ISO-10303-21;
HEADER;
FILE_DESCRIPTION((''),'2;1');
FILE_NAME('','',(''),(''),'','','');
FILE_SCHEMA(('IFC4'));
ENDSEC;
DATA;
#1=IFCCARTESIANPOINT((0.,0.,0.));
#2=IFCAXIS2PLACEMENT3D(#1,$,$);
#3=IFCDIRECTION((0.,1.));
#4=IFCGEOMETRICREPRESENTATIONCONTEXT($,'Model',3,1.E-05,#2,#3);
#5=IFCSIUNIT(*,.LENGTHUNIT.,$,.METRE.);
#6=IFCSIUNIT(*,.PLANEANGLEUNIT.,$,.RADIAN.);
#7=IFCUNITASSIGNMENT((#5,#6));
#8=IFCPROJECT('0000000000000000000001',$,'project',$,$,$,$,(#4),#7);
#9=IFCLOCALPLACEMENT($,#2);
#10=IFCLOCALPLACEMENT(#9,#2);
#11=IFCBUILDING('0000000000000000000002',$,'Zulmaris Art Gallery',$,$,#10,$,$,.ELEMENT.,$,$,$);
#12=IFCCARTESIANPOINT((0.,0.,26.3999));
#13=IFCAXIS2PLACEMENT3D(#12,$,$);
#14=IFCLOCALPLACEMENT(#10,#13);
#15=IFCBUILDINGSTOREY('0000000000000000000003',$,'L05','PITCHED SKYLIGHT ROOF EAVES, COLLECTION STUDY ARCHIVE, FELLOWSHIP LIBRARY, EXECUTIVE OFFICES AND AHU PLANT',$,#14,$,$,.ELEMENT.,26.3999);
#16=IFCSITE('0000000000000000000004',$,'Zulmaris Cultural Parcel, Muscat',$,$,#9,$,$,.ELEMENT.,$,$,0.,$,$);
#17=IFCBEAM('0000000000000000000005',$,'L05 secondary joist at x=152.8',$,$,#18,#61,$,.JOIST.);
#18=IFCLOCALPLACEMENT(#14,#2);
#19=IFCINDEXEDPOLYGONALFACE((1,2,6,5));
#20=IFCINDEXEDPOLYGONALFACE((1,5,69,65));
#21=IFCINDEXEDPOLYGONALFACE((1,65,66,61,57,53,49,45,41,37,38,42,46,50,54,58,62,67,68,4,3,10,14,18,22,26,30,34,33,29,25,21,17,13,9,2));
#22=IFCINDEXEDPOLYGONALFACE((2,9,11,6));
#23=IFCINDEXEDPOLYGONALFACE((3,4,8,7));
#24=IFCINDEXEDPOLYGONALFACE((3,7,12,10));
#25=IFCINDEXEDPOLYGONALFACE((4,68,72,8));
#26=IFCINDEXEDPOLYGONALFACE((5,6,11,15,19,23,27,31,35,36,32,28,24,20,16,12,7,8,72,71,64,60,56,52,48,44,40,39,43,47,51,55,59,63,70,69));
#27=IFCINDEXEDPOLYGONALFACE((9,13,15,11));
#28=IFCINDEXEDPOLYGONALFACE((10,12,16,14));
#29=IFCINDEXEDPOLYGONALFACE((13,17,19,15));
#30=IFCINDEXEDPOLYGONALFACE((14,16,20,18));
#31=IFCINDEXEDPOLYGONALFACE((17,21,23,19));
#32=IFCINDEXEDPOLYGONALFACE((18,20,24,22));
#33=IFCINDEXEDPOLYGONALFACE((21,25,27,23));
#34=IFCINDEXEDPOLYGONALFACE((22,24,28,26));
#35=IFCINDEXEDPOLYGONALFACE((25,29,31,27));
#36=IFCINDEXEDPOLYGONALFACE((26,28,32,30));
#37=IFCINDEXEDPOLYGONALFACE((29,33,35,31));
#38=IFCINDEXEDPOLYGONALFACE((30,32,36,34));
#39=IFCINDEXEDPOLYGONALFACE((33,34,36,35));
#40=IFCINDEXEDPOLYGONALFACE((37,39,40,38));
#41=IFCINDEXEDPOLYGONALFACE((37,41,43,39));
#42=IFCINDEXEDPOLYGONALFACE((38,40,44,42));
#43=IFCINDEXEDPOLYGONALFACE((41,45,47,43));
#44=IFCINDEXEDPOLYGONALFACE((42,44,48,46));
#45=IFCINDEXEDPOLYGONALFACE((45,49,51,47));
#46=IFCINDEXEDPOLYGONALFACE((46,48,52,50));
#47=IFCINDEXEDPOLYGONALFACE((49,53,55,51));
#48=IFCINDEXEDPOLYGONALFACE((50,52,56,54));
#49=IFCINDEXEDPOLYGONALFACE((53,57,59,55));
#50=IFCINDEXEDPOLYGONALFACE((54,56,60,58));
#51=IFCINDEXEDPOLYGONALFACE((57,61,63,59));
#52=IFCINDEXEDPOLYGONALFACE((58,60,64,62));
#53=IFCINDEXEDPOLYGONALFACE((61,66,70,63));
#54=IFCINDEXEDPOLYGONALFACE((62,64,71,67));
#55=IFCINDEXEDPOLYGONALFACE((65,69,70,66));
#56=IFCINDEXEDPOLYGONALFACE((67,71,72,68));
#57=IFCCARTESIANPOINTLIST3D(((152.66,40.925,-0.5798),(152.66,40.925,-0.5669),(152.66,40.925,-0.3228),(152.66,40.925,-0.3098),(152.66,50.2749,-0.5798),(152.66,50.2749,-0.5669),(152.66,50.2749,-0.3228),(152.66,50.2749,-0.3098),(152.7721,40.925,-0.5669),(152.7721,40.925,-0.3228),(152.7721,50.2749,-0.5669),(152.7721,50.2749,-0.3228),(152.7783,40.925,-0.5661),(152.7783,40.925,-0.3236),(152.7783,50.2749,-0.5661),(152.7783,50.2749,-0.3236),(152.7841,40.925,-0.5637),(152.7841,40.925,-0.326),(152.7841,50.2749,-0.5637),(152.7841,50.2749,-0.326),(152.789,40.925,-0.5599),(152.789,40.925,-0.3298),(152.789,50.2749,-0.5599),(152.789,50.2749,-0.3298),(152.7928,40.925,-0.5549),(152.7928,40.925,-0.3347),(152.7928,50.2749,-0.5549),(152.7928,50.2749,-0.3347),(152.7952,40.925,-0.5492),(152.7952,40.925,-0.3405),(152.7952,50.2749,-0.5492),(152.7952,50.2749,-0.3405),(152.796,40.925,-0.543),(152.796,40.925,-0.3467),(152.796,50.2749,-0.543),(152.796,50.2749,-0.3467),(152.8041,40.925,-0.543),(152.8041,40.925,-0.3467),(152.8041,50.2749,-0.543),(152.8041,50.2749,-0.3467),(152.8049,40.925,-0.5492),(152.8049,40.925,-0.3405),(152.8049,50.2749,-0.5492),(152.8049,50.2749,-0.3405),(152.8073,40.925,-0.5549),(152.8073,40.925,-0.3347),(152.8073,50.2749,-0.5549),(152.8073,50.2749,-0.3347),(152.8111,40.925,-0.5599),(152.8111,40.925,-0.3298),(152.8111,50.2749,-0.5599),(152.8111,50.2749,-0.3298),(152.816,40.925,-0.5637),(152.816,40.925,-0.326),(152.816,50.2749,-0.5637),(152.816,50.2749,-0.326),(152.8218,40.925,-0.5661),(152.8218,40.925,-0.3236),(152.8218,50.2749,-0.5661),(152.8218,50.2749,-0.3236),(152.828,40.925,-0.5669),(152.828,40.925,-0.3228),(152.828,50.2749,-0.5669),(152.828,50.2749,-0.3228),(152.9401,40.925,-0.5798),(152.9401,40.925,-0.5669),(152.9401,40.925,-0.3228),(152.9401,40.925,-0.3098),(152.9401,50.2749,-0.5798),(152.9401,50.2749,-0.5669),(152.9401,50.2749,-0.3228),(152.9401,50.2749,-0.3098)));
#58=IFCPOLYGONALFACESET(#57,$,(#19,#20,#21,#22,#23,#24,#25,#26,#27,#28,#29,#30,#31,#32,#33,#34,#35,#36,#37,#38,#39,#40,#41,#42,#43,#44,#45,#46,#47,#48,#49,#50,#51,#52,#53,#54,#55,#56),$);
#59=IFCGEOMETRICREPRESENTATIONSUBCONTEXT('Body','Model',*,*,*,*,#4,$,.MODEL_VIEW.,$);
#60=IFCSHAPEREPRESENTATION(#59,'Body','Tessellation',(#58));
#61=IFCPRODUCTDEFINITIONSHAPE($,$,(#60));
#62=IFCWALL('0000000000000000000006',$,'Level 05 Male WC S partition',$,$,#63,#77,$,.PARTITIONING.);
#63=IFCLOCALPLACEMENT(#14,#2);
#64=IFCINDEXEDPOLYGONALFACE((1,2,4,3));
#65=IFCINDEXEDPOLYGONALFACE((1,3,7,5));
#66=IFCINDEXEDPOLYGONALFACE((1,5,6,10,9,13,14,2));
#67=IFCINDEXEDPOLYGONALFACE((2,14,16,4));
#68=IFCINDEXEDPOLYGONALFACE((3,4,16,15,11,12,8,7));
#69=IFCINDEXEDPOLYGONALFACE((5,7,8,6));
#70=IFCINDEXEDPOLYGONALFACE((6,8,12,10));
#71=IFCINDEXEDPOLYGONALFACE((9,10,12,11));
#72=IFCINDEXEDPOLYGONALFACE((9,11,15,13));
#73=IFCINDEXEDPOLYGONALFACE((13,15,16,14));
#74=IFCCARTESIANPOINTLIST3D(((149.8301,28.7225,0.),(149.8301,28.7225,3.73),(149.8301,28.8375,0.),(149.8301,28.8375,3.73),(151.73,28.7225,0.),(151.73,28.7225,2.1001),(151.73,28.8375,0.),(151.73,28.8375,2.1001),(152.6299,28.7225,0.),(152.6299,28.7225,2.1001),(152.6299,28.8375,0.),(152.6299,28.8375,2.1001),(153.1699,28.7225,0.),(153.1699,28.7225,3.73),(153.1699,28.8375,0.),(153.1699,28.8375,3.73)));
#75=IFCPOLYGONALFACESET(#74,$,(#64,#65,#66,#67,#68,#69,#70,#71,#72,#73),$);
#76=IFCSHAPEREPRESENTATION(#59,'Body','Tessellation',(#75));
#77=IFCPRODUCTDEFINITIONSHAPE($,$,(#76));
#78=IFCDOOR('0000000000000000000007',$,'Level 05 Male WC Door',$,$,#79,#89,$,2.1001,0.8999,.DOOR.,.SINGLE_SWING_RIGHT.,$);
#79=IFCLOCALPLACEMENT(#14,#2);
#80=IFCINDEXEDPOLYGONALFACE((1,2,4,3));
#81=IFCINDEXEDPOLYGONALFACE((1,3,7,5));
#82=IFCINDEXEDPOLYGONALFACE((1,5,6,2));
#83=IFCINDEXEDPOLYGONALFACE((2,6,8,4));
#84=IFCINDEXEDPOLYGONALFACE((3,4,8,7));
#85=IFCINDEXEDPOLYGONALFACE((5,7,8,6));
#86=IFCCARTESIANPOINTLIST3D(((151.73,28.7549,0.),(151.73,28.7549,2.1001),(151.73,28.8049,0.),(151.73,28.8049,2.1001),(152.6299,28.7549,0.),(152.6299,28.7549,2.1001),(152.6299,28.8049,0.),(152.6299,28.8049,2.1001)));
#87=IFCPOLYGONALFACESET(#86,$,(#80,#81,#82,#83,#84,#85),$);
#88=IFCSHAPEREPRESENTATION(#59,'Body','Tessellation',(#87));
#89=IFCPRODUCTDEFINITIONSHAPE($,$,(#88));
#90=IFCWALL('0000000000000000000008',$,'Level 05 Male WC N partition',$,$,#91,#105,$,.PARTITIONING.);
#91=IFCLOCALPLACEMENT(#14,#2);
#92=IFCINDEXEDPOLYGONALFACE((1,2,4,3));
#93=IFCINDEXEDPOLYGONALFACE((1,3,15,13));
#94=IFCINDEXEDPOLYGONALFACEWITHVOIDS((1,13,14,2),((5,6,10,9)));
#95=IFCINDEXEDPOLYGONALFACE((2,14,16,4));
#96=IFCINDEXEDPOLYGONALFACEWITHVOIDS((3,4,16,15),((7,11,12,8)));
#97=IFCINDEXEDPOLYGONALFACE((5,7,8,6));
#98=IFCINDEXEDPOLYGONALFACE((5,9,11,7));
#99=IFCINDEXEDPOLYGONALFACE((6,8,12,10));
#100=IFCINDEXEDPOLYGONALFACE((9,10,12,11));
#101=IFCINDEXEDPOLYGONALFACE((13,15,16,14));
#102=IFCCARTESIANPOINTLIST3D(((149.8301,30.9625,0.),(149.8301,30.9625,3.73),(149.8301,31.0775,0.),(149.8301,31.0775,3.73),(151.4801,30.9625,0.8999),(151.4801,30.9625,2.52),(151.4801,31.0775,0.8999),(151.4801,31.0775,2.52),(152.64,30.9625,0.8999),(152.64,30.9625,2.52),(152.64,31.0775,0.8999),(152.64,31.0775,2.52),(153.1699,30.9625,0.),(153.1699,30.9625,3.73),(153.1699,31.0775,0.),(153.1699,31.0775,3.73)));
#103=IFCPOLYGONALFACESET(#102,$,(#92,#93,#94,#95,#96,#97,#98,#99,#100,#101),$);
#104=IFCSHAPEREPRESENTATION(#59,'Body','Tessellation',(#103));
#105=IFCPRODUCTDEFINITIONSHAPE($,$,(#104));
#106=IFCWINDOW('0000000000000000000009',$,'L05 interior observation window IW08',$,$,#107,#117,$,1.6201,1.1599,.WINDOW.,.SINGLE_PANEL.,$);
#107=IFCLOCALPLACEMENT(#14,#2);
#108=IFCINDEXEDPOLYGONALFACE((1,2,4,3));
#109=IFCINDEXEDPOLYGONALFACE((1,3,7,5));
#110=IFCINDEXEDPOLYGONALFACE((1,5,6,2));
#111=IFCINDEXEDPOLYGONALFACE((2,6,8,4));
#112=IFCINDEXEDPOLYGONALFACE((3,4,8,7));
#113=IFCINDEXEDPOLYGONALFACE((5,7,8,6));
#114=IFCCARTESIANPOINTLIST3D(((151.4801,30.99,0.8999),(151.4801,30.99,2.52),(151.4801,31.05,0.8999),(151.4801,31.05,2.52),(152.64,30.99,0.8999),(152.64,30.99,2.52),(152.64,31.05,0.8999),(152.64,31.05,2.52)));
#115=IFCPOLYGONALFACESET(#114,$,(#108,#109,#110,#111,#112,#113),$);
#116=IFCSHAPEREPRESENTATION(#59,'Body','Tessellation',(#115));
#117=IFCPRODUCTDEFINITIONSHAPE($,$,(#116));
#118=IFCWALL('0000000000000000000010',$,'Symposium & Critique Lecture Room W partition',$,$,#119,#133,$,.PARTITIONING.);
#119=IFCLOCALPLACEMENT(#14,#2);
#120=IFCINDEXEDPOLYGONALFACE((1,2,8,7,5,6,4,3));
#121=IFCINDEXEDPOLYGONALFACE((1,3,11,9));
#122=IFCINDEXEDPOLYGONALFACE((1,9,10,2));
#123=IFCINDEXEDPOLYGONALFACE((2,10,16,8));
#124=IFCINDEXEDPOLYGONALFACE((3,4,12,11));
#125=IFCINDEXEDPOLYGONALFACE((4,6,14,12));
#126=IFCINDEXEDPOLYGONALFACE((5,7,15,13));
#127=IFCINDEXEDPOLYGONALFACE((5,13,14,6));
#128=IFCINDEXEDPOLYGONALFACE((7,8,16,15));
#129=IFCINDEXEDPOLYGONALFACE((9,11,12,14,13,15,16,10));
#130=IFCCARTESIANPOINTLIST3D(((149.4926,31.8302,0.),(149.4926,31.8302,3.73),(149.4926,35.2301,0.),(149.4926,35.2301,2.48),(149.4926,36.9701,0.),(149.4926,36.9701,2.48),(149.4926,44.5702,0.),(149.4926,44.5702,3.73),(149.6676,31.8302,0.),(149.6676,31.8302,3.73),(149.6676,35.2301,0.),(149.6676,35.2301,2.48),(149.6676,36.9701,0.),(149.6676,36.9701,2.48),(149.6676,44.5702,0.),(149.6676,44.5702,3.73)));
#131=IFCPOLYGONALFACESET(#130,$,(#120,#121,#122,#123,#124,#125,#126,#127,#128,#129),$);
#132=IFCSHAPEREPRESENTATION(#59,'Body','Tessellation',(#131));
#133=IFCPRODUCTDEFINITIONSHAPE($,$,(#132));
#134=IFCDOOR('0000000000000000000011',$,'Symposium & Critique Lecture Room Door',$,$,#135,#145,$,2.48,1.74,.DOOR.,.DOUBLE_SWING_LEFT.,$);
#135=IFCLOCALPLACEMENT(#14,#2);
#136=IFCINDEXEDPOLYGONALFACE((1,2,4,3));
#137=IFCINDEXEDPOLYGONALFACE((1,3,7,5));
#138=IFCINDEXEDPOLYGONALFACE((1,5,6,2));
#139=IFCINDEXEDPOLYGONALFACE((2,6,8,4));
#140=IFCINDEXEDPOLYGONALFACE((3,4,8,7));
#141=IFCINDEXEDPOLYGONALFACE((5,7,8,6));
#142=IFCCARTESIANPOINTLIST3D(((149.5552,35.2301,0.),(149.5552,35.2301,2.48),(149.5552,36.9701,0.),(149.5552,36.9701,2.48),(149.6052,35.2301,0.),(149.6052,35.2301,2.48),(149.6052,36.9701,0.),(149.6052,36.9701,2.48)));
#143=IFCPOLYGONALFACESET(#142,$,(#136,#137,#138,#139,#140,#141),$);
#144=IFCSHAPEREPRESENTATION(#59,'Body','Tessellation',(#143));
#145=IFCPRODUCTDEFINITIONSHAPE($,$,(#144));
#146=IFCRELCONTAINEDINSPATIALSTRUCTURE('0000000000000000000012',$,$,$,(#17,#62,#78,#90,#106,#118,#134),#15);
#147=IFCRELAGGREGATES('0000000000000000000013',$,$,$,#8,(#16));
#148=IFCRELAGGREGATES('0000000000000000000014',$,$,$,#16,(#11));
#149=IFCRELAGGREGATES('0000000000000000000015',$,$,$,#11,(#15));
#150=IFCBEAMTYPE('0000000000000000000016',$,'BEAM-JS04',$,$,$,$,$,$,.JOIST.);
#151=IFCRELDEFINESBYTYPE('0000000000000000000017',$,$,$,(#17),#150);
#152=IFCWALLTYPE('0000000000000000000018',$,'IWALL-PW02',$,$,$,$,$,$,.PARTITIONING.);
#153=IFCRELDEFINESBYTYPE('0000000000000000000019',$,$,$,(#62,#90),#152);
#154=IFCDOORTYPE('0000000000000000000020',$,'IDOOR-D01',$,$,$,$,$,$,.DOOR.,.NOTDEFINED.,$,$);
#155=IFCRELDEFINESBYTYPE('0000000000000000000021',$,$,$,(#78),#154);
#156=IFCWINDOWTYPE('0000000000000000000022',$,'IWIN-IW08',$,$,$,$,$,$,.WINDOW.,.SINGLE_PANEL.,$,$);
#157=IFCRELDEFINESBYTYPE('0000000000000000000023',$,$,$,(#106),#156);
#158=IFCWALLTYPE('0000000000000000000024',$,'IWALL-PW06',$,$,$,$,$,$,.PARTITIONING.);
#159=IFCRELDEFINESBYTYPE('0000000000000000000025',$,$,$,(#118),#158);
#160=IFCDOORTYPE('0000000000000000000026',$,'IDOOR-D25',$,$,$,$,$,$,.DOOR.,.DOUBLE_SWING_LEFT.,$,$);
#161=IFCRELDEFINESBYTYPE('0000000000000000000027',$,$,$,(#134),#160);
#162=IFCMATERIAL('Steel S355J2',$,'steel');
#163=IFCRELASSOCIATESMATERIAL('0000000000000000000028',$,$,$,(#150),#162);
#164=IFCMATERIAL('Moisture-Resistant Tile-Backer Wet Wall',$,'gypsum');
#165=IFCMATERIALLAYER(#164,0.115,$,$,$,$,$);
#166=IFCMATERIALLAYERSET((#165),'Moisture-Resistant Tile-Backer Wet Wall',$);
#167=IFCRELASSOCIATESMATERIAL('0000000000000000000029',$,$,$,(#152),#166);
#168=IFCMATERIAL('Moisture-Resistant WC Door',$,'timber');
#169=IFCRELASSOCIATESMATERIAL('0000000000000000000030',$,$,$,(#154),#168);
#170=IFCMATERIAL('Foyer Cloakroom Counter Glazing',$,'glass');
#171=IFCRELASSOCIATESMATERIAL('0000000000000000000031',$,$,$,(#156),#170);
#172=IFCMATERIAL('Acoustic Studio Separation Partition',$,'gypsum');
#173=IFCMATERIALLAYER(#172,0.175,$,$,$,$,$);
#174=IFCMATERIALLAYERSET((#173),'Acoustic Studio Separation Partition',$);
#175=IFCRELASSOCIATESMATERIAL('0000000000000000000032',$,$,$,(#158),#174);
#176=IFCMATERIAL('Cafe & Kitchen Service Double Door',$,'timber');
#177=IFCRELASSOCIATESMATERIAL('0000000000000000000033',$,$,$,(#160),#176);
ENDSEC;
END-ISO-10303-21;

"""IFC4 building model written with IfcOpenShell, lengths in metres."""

from ifc_helpers import new_model, si_unit, direction, frame, frame_2d, origin, origin_2d, place, context, subcontext, project, spatial, rectangle, i_section, extrude, material, layer, layer_set, material_profile, profile_set, type_object, element, fill, save


model = new_model("IFC4")

# Units and contexts
model_context = context("Model", 3, precision=1e-05, world=origin(), true_north=direction((0.0, 1.0)))
body_context = subcontext(model_context, "Body", "Model", "MODEL_VIEW")
ifc_project = project(units=[si_unit("LENGTHUNIT", "METRE"), si_unit("PLANEANGLEUNIT", "RADIAN")], contexts=[model_context])

# Site, building, storey
site_placement = place(None, origin())
site = spatial("IfcSite", under=ifc_project, at=site_placement, Name="Zulmaris Cultural Parcel, Muscat", CompositionType="ELEMENT", RefElevation=0.0)
building_placement = place(site_placement, origin())
building = spatial("IfcBuilding", under=site, at=building_placement, Name="Zulmaris Art Gallery", CompositionType="ELEMENT")
storey_placement = place(building_placement, frame((0.0, 0.0, 26.3999)))
storey = spatial("IfcBuildingStorey", under=building, at=storey_placement, Name="L05", Description="PITCHED SKYLIGHT ROOF EAVES, COLLECTION STUDY ARCHIVE, FELLOWSHIP LIBRARY, EXECUTIVE OFFICES AND AHU PLANT", CompositionType="ELEMENT", Elevation=26.3999)

# Beam
ifc_material_1 = material(Name="Steel S355J2", Category="steel")
ifc_material_profile_1 = material_profile(ifc_material_1, i_section(OverallWidth=0.28, OverallDepth=0.27, WebThickness=0.0081, FlangeThickness=0.0129, FilletRadius=0.0239, at=origin_2d()), Name="HEA 280")
ifc_profile_set_1 = profile_set([ifc_material_profile_1], Name="Steel S355J2")
beam_type_1 = type_object("IfcBeamType", Name="BEAM-JS04", PredefinedType="JOIST", material=ifc_profile_set_1)
beam_1_placement = place(storey_placement, frame((152.8, 40.925, -0.4448), z_axis=(0.0, 1.0, 0.0), x_axis=(-1.0, 0.0, 0.0)))
element("IfcBeam", 1, at=beam_1_placement, inside=storey, type_object=beam_type_1, Name="L05 secondary joist at x=152.8", PredefinedType="JOIST", context=body_context, shape_type="SweptSolid", body=[
    extrude(i_section(OverallWidth=0.28, OverallDepth=0.27, WebThickness=0.0081, FlangeThickness=0.0129, FilletRadius=0.0239, at=origin_2d()), origin(), (0.0, 0.0, 1.0), 9.3499),
])

# Wall, opening, door
ifc_material_2 = material(Name="Moisture-Resistant Tile-Backer Wet Wall", Category="gypsum")
ifc_layer_1 = layer(ifc_material_2, 0.115)
ifc_layer_set_1 = layer_set([ifc_layer_1], Name="Moisture-Resistant Tile-Backer Wet Wall")
wall_type_1 = type_object("IfcWallType", Name="IWALL-PW02", PredefinedType="PARTITIONING", material=ifc_layer_set_1)
wall_1_placement = place(storey_placement, frame((149.8301, 28.78, 0.0), z_axis=(0.0, 0.0, 1.0), x_axis=(1.0, 0.0, 0.0)))
wall_1 = element("IfcWall", 2, at=wall_1_placement, inside=storey, type_object=wall_type_1, Name="Level 05 Male WC S partition", PredefinedType="PARTITIONING", context=body_context, shape_type="SweptSolid", body=[
    extrude(rectangle(XDim=3.3398, YDim=0.115, at=frame_2d((1.6699, 0.0))), origin(), (0.0, 0.0, 1.0), 3.73),
])
opening_1_placement = place(wall_1_placement, frame((1.8999, 0.0, 0.0)))
opening_1 = element("IfcOpeningElement", 3, at=opening_1_placement, cuts=wall_1, PredefinedType="OPENING", context=body_context, shape_type="SweptSolid", body=[
    extrude(rectangle(XDim=0.8999, YDim=2.1001, at=frame_2d((0.45, 1.05))), frame((0.0, 0.0674, 0.0), z_axis=(0.0, -1.0, 0.0), x_axis=(1.0, 0.0, 0.0)), (0.0, 0.0, 1.0), 0.135),
])
ifc_material_3 = material(Name="Moisture-Resistant WC Door", Category="timber")
door_type_1 = type_object("IfcDoorType", Name="IDOOR-D01", OperationType="NOTDEFINED", PredefinedType="DOOR", material=ifc_material_3)
door_1_placement = place(opening_1_placement, origin())
door_1 = element("IfcDoor", 4, at=door_1_placement, inside=storey, type_object=door_type_1, Name="Level 05 Male WC Door", OperationType="SINGLE_SWING_RIGHT", OverallHeight=2.1001, OverallWidth=0.8999, PredefinedType="DOOR", context=body_context, shape_type="SweptSolid", body=[
    extrude(rectangle(XDim=0.8999, YDim=2.1001, at=frame_2d((0.45, 1.05))), frame((0.0, 0.0249, 0.0), z_axis=(0.0, -1.0, 0.0), x_axis=(1.0, 0.0, 0.0)), (0.0, 0.0, 1.0), 0.05),
])
fill(opening_1, door_1)

# Wall, opening, window
wall_2_placement = place(storey_placement, frame((149.8301, 31.02, 0.0), z_axis=(0.0, 0.0, 1.0), x_axis=(1.0, 0.0, 0.0)))
wall_2 = element("IfcWall", 5, at=wall_2_placement, inside=storey, type_object=wall_type_1, Name="Level 05 Male WC N partition", PredefinedType="PARTITIONING", context=body_context, shape_type="SweptSolid", body=[
    extrude(rectangle(XDim=3.3398, YDim=0.115, at=frame_2d((1.6699, 0.0))), origin(), (0.0, 0.0, 1.0), 3.73),
])
opening_2_placement = place(wall_2_placement, frame((1.6499, 0.0, 0.8999)))
opening_2 = element("IfcOpeningElement", 6, at=opening_2_placement, cuts=wall_2, PredefinedType="OPENING", context=body_context, shape_type="SweptSolid", body=[
    extrude(rectangle(XDim=1.1599, YDim=1.6201, at=frame_2d((0.5801, 0.8101))), frame((0.0, 0.0674, 0.0), z_axis=(0.0, -1.0, 0.0), x_axis=(1.0, 0.0, 0.0)), (0.0, 0.0, 1.0), 0.135),
])
ifc_material_4 = material(Name="Foyer Cloakroom Counter Glazing", Category="glass")
window_type_1 = type_object("IfcWindowType", Name="IWIN-IW08", PartitioningType="SINGLE_PANEL", PredefinedType="WINDOW", material=ifc_material_4)
window_1_placement = place(opening_2_placement, origin())
window_1 = element("IfcWindow", 7, at=window_1_placement, inside=storey, type_object=window_type_1, Name="L05 interior observation window IW08", OverallHeight=1.6201, OverallWidth=1.1599, PartitioningType="SINGLE_PANEL", PredefinedType="WINDOW", context=body_context, shape_type="SweptSolid", body=[
    extrude(rectangle(XDim=1.1599, YDim=1.6201, at=frame_2d((0.5801, 0.8101))), frame((0.0, 0.03, 0.0), z_axis=(0.0, -1.0, 0.0), x_axis=(1.0, 0.0, 0.0)), (0.0, 0.0, 1.0), 0.0601),
])
fill(opening_2, window_1)

# Wall, opening, door
ifc_material_5 = material(Name="Acoustic Studio Separation Partition", Category="gypsum")
ifc_layer_2 = layer(ifc_material_5, 0.175)
ifc_layer_set_2 = layer_set([ifc_layer_2], Name="Acoustic Studio Separation Partition")
wall_type_2 = type_object("IfcWallType", Name="IWALL-PW06", PredefinedType="PARTITIONING", material=ifc_layer_set_2)
wall_3_placement = place(storey_placement, frame((149.5801, 31.8301, 0.0), z_axis=(0.0, 0.0, 1.0), x_axis=(0.0, 1.0, 0.0)))
wall_3 = element("IfcWall", 8, at=wall_3_placement, inside=storey, type_object=wall_type_2, Name="Symposium & Critique Lecture Room W partition", PredefinedType="PARTITIONING", context=body_context, shape_type="SweptSolid", body=[
    extrude(rectangle(XDim=12.74, YDim=0.175, at=frame_2d((6.3701, 0.0))), origin(), (0.0, 0.0, 1.0), 3.73),
])
opening_3_placement = place(wall_3_placement, frame((3.3999, 0.0, 0.0)))
opening_3 = element("IfcOpeningElement", 9, at=opening_3_placement, cuts=wall_3, PredefinedType="OPENING", context=body_context, shape_type="SweptSolid", body=[
    extrude(rectangle(XDim=1.74, YDim=2.48, at=frame_2d((0.8701, 1.24))), frame((0.0, 0.0974, 0.0), z_axis=(0.0, -1.0, 0.0), x_axis=(1.0, 0.0, 0.0)), (0.0, 0.0, 1.0), 0.1951),
])
ifc_material_6 = material(Name="Cafe & Kitchen Service Double Door", Category="timber")
door_type_2 = type_object("IfcDoorType", Name="IDOOR-D25", OperationType="DOUBLE_SWING_LEFT", PredefinedType="DOOR", material=ifc_material_6)
door_2_placement = place(opening_3_placement, origin())
door_2 = element("IfcDoor", 10, at=door_2_placement, inside=storey, type_object=door_type_2, Name="Symposium & Critique Lecture Room Door", OperationType="DOUBLE_SWING_LEFT", OverallHeight=2.48, OverallWidth=1.74, PredefinedType="DOOR", context=body_context, shape_type="SweptSolid", body=[
    extrude(rectangle(XDim=1.74, YDim=2.48, at=frame_2d((0.8701, 1.24))), frame((0.0, 0.0249, 0.0), z_axis=(0.0, -1.0, 0.0), x_axis=(1.0, 0.0, 0.0)), (0.0, 0.0, 1.0), 0.05),
])
fill(opening_3, door_2)

save(model, "model.ifc")
